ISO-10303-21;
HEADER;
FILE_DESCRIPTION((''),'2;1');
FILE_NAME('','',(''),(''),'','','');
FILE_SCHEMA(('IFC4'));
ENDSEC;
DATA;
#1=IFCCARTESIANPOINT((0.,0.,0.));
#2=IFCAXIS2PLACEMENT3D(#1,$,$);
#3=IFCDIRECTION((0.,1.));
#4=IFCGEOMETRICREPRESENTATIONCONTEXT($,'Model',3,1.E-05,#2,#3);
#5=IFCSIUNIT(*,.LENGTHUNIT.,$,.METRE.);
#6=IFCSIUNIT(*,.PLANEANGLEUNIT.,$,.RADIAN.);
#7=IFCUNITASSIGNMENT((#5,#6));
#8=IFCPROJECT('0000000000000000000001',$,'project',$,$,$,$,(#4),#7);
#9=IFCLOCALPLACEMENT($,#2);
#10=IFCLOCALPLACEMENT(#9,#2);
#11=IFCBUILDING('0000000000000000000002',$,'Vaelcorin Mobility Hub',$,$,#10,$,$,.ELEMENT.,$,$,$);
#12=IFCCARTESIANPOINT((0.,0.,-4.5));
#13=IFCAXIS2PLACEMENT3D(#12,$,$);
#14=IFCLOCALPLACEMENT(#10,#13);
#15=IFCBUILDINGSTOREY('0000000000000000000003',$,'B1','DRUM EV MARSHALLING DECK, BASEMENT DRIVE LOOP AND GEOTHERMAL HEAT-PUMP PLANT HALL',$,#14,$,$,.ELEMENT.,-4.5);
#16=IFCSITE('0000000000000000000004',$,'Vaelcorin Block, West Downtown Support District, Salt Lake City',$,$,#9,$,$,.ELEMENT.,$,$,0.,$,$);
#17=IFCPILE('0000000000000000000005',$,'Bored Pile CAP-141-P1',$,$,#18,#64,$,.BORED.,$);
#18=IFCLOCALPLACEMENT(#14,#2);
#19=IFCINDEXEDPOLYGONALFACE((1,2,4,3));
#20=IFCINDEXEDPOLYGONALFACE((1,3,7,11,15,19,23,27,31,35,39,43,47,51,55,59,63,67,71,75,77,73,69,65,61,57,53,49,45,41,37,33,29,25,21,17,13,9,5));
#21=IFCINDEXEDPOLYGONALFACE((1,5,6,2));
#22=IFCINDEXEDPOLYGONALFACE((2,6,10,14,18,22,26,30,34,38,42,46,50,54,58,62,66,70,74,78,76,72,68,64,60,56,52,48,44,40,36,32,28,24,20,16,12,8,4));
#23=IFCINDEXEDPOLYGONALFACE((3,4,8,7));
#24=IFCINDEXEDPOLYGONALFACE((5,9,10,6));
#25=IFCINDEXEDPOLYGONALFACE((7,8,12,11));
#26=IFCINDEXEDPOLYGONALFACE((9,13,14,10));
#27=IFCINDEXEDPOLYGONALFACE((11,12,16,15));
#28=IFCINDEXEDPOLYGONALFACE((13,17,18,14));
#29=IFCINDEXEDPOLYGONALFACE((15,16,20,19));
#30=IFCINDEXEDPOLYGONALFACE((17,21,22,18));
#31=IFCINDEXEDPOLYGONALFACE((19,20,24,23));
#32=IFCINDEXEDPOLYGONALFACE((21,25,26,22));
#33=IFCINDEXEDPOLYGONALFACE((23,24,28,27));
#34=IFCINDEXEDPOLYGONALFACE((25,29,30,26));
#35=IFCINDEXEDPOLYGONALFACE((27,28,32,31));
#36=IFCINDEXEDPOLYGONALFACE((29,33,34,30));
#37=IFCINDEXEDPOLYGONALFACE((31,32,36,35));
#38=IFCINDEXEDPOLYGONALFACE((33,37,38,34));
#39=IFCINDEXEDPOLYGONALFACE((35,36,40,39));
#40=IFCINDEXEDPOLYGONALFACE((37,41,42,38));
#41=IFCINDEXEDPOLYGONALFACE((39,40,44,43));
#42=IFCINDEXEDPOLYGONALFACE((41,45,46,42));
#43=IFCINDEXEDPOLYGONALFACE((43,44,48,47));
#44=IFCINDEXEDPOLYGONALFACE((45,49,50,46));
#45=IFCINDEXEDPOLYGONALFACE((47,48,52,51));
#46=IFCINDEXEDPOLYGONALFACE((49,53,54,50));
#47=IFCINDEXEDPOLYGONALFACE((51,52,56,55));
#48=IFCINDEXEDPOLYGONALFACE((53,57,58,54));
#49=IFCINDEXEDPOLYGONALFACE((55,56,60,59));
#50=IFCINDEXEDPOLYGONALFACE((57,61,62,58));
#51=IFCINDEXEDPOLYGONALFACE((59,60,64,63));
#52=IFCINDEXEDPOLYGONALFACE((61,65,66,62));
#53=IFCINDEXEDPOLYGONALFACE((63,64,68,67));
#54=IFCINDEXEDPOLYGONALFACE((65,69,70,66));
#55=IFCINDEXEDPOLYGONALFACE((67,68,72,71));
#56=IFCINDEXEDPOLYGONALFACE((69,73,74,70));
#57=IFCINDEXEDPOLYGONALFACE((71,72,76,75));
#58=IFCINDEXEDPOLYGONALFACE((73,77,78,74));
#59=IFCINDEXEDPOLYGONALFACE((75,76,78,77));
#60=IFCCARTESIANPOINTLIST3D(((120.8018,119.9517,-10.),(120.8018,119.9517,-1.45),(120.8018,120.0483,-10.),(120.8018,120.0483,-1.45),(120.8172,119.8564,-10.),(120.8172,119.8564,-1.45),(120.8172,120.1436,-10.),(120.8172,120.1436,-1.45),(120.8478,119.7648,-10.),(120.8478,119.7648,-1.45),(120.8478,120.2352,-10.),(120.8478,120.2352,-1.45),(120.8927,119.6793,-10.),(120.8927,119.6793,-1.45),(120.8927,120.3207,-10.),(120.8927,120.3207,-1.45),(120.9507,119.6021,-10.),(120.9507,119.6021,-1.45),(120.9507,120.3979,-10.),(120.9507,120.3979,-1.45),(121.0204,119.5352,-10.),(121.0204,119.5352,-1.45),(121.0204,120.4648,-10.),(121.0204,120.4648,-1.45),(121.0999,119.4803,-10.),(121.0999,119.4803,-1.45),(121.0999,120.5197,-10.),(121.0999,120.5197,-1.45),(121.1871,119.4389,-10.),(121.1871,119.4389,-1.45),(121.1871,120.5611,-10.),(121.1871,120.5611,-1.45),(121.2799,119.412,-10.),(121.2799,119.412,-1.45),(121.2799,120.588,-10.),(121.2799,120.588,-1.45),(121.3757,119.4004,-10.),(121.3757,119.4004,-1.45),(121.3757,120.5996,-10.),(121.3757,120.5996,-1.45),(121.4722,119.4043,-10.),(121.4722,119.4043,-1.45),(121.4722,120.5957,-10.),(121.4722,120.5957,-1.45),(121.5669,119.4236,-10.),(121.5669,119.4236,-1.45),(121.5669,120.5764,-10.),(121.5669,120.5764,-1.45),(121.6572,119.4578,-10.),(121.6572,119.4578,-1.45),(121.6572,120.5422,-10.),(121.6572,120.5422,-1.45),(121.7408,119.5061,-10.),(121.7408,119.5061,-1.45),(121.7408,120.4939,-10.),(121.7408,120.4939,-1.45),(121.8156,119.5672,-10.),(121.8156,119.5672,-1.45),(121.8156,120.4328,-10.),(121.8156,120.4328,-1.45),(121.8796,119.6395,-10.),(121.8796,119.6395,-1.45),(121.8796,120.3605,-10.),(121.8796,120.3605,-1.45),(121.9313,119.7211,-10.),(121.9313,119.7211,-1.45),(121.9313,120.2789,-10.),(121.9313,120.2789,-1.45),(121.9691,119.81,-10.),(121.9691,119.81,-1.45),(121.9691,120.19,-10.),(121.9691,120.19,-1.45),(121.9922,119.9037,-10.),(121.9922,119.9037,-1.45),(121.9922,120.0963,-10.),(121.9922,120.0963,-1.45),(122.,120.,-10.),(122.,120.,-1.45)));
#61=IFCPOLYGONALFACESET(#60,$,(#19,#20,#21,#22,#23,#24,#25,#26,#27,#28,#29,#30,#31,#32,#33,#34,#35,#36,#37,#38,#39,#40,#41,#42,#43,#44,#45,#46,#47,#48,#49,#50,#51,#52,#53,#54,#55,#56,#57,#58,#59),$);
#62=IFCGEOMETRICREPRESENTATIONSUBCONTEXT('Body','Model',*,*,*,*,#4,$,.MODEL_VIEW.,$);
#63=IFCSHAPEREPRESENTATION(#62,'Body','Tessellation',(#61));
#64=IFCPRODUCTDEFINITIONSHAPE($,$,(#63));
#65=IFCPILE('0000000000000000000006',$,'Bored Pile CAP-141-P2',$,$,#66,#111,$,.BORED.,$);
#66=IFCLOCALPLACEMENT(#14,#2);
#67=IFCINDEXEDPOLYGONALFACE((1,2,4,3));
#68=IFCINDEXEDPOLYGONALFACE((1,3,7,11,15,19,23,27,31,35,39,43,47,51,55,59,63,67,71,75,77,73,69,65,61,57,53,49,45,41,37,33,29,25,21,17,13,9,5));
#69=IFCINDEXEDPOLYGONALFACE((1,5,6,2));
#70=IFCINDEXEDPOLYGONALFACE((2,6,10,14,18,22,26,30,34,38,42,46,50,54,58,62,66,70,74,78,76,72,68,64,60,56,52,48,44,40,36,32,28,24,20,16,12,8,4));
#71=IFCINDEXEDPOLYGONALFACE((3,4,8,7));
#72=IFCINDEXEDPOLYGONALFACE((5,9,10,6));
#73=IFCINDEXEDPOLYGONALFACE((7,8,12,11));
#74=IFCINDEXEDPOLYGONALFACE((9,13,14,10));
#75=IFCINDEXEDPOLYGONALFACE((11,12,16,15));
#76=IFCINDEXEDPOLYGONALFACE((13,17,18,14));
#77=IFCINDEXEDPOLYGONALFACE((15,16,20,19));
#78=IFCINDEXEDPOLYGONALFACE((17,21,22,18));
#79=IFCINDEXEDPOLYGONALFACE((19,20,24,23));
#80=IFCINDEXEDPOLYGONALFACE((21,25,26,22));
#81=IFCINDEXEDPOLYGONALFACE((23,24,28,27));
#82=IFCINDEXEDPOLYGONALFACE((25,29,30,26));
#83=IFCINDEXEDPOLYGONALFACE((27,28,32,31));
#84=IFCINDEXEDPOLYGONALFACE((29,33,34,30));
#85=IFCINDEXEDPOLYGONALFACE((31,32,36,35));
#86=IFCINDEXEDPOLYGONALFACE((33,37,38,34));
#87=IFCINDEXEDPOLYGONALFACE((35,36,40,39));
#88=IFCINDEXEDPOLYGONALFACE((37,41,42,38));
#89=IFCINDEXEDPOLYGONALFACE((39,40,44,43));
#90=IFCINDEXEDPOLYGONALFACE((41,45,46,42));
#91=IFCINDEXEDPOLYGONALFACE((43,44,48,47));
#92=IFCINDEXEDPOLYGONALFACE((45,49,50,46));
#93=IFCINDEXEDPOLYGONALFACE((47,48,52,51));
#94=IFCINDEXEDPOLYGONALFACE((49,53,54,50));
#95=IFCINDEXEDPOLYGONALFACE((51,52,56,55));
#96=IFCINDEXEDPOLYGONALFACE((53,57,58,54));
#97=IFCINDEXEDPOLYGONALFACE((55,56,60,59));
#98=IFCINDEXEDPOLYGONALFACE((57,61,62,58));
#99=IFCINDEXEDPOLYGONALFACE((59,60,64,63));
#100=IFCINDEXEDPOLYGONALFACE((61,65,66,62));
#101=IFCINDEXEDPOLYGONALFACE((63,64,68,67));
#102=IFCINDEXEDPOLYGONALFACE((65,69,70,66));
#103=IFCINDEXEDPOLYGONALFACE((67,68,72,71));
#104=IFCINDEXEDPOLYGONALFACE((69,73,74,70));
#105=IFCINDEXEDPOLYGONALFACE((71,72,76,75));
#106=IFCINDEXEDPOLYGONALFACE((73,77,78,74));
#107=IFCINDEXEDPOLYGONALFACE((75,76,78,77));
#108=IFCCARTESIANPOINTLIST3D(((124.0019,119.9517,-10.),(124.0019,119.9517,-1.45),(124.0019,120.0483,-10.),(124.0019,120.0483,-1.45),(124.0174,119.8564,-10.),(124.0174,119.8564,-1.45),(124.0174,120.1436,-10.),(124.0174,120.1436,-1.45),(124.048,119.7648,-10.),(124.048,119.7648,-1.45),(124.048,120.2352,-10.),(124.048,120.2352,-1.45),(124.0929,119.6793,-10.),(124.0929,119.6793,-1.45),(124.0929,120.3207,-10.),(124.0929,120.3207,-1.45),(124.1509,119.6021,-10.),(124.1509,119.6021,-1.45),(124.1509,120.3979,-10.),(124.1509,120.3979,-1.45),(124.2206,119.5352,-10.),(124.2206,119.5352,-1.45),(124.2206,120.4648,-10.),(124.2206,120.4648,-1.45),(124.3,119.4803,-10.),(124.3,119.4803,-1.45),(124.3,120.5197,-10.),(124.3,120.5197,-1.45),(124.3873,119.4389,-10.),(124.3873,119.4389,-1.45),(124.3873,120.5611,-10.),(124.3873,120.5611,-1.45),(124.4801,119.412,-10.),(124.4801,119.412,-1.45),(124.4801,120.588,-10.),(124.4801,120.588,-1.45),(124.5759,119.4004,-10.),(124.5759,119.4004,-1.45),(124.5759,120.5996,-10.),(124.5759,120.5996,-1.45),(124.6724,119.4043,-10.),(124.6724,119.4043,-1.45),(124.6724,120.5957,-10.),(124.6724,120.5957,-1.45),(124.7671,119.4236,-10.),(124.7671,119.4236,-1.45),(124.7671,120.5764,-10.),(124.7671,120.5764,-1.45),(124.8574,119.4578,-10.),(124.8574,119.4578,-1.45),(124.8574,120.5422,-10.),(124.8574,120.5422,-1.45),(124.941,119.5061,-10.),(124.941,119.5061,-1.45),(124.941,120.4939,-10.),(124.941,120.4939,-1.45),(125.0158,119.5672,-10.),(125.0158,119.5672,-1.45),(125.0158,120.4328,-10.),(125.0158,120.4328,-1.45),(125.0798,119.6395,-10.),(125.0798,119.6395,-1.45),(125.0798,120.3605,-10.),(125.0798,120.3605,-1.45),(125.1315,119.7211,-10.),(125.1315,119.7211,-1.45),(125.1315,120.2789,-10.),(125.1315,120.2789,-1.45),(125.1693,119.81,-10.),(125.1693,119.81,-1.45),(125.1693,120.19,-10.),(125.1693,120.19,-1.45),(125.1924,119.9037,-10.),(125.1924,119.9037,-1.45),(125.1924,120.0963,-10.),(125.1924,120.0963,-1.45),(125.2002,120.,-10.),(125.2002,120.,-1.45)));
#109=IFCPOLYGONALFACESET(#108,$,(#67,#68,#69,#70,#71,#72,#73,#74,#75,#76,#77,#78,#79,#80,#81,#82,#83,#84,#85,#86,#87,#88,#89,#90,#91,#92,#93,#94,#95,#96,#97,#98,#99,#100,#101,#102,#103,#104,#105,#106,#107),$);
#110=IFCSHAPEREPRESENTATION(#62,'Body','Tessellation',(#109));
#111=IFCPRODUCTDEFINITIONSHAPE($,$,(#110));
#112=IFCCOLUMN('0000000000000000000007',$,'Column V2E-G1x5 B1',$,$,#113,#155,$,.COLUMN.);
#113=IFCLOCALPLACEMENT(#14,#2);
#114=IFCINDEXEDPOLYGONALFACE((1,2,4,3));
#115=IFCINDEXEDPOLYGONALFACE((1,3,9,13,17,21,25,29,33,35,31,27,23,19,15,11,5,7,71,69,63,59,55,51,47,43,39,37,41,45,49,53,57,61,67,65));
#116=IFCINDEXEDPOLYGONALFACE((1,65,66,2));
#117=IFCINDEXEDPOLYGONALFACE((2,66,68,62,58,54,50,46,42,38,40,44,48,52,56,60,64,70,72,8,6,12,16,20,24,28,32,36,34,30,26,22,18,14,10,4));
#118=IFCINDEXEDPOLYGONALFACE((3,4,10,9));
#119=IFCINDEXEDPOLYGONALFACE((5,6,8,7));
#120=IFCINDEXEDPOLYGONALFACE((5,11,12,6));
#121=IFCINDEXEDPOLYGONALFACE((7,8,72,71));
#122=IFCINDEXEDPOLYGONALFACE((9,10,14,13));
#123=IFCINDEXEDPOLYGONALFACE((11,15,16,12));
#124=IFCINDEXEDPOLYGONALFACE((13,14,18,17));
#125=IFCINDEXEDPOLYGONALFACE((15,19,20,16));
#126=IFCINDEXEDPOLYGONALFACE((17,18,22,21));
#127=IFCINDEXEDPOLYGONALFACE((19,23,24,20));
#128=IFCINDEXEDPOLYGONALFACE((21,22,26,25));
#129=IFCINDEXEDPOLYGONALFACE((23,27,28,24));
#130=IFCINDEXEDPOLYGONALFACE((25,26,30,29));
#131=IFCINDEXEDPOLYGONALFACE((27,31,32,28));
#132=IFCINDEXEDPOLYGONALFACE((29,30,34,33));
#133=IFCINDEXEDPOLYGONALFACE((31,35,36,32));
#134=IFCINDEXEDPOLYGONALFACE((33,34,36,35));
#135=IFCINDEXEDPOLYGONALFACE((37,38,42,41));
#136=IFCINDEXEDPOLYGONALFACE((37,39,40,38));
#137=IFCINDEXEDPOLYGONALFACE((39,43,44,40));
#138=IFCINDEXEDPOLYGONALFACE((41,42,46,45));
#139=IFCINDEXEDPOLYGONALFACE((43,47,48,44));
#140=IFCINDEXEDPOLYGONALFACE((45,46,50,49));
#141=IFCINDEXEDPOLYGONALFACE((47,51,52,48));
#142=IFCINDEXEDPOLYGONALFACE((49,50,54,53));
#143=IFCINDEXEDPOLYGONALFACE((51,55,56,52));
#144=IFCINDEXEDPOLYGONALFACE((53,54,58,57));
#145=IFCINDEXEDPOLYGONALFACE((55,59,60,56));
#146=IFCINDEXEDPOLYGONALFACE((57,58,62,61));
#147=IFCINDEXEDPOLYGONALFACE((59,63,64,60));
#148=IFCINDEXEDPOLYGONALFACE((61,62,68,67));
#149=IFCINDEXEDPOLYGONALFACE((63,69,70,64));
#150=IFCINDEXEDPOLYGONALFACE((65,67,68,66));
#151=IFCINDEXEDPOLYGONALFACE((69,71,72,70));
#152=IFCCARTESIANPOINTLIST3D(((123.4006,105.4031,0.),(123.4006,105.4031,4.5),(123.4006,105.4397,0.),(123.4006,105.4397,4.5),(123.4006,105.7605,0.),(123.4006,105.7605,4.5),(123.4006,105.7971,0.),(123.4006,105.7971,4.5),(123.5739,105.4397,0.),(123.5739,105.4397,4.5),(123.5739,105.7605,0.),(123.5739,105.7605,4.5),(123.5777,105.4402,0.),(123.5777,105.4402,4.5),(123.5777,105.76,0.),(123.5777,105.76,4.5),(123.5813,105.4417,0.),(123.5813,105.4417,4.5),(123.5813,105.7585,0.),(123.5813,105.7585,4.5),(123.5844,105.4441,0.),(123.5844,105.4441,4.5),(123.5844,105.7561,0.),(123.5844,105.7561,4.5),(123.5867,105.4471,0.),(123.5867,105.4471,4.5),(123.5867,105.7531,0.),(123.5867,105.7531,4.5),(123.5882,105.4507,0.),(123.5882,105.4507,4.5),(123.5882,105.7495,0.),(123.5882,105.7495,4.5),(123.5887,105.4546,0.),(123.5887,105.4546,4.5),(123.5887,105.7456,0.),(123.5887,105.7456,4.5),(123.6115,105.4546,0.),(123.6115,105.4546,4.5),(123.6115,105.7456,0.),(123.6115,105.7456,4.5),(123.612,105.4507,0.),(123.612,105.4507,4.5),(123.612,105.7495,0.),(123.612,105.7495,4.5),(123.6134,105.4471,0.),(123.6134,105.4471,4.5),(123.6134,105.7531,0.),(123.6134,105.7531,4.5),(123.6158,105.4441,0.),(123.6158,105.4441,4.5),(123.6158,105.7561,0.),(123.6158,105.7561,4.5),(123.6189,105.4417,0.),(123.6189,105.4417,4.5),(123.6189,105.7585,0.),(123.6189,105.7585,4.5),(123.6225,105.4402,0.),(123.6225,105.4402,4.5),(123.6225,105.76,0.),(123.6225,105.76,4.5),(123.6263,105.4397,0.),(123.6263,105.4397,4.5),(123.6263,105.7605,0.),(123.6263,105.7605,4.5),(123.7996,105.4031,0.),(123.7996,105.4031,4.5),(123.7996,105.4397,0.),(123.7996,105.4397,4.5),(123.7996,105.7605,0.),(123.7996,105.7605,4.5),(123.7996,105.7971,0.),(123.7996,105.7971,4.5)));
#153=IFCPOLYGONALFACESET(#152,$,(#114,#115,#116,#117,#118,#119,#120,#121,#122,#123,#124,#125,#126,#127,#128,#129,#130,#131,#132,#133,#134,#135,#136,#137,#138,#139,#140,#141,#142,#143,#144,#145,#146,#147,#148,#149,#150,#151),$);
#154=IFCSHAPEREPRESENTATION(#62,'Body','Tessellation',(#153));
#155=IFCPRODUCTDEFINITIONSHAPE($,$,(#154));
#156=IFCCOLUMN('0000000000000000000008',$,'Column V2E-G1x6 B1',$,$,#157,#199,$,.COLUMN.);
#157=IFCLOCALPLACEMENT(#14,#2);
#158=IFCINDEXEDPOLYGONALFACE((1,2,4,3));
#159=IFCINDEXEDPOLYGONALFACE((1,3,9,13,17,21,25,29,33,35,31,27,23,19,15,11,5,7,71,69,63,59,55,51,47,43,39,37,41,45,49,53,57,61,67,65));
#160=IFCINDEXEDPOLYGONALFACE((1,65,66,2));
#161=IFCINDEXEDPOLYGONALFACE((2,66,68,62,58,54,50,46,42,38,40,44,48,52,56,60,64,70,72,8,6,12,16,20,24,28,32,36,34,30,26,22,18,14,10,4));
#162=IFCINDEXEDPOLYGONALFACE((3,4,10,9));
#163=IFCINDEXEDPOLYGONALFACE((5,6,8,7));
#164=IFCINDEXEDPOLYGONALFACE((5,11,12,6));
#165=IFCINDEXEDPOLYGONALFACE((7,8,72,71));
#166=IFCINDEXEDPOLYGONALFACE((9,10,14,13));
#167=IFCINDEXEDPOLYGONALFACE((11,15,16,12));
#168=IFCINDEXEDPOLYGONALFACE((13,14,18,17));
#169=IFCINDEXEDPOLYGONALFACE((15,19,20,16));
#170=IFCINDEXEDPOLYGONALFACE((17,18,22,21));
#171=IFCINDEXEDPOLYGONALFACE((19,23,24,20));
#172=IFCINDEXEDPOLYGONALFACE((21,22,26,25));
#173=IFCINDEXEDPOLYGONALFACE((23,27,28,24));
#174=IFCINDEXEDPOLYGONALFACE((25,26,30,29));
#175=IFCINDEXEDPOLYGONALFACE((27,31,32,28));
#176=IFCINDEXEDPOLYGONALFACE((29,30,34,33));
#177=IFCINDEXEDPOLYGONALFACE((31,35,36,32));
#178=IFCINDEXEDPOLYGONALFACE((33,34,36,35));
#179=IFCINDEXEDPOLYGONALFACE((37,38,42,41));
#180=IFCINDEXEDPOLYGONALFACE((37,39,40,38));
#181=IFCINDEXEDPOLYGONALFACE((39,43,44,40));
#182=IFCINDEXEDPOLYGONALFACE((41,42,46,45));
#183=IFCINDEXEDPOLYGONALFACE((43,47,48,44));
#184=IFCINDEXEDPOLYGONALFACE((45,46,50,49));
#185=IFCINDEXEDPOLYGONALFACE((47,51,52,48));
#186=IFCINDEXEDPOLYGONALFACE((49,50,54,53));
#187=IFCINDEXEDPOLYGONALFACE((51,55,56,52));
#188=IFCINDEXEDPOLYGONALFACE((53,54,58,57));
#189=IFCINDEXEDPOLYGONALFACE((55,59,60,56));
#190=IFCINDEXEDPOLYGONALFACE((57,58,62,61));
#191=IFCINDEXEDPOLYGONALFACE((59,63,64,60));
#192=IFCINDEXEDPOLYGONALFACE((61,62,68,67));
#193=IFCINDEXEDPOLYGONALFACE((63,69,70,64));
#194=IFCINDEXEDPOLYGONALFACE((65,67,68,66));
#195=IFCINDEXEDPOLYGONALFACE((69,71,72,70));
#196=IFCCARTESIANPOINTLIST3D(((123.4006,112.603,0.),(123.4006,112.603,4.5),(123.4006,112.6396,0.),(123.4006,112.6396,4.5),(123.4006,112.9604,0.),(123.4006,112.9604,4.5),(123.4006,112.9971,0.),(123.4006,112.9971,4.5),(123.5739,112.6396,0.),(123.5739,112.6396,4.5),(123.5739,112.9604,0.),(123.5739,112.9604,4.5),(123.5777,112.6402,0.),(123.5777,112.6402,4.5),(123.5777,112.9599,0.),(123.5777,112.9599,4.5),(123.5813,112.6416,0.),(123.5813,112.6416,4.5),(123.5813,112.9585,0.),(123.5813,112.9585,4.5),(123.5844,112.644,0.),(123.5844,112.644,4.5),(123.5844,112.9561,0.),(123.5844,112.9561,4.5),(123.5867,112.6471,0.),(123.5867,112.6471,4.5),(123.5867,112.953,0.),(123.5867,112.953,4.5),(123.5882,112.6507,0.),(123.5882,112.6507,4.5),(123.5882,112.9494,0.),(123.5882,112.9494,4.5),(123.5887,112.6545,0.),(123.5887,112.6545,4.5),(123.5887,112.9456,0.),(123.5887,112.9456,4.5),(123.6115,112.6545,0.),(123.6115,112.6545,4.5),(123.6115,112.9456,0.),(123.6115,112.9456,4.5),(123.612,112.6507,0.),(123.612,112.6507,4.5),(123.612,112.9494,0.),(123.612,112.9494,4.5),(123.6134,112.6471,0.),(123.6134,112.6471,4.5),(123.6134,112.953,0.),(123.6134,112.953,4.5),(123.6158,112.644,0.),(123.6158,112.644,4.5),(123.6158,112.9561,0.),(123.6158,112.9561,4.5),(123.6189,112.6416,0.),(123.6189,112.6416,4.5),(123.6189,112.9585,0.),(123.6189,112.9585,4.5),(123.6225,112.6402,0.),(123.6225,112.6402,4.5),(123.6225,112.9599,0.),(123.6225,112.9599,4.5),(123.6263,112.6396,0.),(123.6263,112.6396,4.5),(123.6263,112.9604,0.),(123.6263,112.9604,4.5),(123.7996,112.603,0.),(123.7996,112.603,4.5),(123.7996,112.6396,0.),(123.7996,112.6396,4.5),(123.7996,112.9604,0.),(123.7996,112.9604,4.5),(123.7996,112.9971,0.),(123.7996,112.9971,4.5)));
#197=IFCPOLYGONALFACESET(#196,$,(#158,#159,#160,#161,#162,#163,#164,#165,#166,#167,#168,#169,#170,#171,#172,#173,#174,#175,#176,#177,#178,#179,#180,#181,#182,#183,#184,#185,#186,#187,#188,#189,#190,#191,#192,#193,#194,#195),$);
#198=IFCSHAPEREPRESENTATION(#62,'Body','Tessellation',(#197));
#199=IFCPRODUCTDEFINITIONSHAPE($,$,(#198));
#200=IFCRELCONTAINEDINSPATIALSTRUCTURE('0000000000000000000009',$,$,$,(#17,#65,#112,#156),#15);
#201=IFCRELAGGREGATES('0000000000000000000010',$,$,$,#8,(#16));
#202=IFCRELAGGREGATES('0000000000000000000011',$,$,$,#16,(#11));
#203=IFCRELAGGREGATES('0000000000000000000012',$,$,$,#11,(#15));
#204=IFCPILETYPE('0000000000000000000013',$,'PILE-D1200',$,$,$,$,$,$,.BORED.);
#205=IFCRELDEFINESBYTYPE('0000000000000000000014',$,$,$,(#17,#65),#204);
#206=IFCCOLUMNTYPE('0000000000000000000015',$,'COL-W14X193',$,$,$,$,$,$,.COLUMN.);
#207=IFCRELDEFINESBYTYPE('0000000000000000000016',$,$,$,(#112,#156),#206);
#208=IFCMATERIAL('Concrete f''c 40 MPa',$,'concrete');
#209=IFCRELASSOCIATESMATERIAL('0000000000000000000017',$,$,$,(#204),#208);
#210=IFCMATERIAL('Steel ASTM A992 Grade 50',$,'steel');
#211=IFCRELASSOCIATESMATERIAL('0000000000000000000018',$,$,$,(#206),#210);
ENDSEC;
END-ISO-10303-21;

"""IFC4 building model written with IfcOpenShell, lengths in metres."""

from ifc_helpers import new_model, si_unit, direction, frame, origin, origin_2d, place, context, subcontext, project, spatial, circle, i_section, extrude, material, material_profile, profile_set, type_object, element, save


model = new_model("IFC4")

# Units and contexts
model_context = context("Model", 3, precision=1e-05, world=origin(), true_north=direction((0.0, 1.0)))
body_context = subcontext(model_context, "Body", "Model", "MODEL_VIEW")
ifc_project = project(units=[si_unit("LENGTHUNIT", "METRE"), si_unit("PLANEANGLEUNIT", "RADIAN")], contexts=[model_context])

# Site, building, storey
site_placement = place(None, origin())
site = spatial("IfcSite", under=ifc_project, at=site_placement, Name="Vaelcorin Block, West Downtown Support District, Salt Lake City", CompositionType="ELEMENT", RefElevation=0.0)
building_placement = place(site_placement, origin())
building = spatial("IfcBuilding", under=site, at=building_placement, Name="Vaelcorin Mobility Hub", CompositionType="ELEMENT")
storey_placement = place(building_placement, frame((0.0, 0.0, -4.5)))
storey = spatial("IfcBuildingStorey", under=building, at=storey_placement, Name="B1", Description="DRUM EV MARSHALLING DECK, BASEMENT DRIVE LOOP AND GEOTHERMAL HEAT-PUMP PLANT HALL", CompositionType="ELEMENT", Elevation=-4.5)

# Shared definitions
ifc_material_1 = material(Name="Concrete f'c 40 MPa", Category="concrete")

# Piles
ifc_material_profile_1 = material_profile(ifc_material_1, circle(Radius=0.6001, at=origin_2d()), Name="BP-D1200")
ifc_profile_set_1 = profile_set([ifc_material_profile_1], Name="Concrete f'c 40 MPa")
pile_type_1 = type_object("IfcPileType", Name="PILE-D1200", PredefinedType="BORED", material=ifc_profile_set_1)
for number, where, z_axis, x_axis, name in (
    (1, (121.3999, 120.0, -1.45), (0.0, 0.0, -1.0), (1.0, 0.0, 0.0), "Bored Pile CAP-141-P1"),
    (2, (124.6001, 120.0, -1.45), (0.0, 0.0, -1.0), (1.0, 0.0, 0.0), "Bored Pile CAP-141-P2"),
):
    element("IfcPile", number, at=place(storey_placement, frame(where, z_axis=z_axis, x_axis=x_axis)), inside=storey, type_object=pile_type_1, Name=name, PredefinedType="BORED", context=body_context, shape_type="SweptSolid", body=[
        extrude(circle(Radius=0.6001, at=origin_2d()), origin(), (0.0, 0.0, 1.0), 8.55),
    ])

# Columns
ifc_material_2 = material(Name="Steel ASTM A992 Grade 50", Category="steel")
ifc_material_profile_2 = material_profile(ifc_material_2, i_section(OverallWidth=0.3989, OverallDepth=0.394, WebThickness=0.0227, FlangeThickness=0.0366, FilletRadius=0.0149, at=origin_2d()), Name="W14X193")
ifc_profile_set_2 = profile_set([ifc_material_profile_2], Name="Steel ASTM A992 Grade 50")
column_type_1 = type_object("IfcColumnType", Name="COL-W14X193", PredefinedType="COLUMN", material=ifc_profile_set_2)
for number, where, z_axis, x_axis, name in (
    (3, (123.6001, 105.6001, 0.0), (0.0, 0.0, 1.0), (1.0, 0.0, 0.0), "Column V2E-G1x5 B1"),
    (4, (123.6001, 112.8, 0.0), (0.0, 0.0, 1.0), (1.0, 0.0, 0.0), "Column V2E-G1x6 B1"),
):
    element("IfcColumn", number, at=place(storey_placement, frame(where, z_axis=z_axis, x_axis=x_axis)), inside=storey, type_object=column_type_1, Name=name, PredefinedType="COLUMN", context=body_context, shape_type="SweptSolid", body=[
        extrude(i_section(OverallWidth=0.3989, OverallDepth=0.394, WebThickness=0.0227, FlangeThickness=0.0366, FilletRadius=0.0149, at=origin_2d()), origin(), (0.0, 0.0, 1.0), 4.5),
    ])

save(model, "model.ifc")
